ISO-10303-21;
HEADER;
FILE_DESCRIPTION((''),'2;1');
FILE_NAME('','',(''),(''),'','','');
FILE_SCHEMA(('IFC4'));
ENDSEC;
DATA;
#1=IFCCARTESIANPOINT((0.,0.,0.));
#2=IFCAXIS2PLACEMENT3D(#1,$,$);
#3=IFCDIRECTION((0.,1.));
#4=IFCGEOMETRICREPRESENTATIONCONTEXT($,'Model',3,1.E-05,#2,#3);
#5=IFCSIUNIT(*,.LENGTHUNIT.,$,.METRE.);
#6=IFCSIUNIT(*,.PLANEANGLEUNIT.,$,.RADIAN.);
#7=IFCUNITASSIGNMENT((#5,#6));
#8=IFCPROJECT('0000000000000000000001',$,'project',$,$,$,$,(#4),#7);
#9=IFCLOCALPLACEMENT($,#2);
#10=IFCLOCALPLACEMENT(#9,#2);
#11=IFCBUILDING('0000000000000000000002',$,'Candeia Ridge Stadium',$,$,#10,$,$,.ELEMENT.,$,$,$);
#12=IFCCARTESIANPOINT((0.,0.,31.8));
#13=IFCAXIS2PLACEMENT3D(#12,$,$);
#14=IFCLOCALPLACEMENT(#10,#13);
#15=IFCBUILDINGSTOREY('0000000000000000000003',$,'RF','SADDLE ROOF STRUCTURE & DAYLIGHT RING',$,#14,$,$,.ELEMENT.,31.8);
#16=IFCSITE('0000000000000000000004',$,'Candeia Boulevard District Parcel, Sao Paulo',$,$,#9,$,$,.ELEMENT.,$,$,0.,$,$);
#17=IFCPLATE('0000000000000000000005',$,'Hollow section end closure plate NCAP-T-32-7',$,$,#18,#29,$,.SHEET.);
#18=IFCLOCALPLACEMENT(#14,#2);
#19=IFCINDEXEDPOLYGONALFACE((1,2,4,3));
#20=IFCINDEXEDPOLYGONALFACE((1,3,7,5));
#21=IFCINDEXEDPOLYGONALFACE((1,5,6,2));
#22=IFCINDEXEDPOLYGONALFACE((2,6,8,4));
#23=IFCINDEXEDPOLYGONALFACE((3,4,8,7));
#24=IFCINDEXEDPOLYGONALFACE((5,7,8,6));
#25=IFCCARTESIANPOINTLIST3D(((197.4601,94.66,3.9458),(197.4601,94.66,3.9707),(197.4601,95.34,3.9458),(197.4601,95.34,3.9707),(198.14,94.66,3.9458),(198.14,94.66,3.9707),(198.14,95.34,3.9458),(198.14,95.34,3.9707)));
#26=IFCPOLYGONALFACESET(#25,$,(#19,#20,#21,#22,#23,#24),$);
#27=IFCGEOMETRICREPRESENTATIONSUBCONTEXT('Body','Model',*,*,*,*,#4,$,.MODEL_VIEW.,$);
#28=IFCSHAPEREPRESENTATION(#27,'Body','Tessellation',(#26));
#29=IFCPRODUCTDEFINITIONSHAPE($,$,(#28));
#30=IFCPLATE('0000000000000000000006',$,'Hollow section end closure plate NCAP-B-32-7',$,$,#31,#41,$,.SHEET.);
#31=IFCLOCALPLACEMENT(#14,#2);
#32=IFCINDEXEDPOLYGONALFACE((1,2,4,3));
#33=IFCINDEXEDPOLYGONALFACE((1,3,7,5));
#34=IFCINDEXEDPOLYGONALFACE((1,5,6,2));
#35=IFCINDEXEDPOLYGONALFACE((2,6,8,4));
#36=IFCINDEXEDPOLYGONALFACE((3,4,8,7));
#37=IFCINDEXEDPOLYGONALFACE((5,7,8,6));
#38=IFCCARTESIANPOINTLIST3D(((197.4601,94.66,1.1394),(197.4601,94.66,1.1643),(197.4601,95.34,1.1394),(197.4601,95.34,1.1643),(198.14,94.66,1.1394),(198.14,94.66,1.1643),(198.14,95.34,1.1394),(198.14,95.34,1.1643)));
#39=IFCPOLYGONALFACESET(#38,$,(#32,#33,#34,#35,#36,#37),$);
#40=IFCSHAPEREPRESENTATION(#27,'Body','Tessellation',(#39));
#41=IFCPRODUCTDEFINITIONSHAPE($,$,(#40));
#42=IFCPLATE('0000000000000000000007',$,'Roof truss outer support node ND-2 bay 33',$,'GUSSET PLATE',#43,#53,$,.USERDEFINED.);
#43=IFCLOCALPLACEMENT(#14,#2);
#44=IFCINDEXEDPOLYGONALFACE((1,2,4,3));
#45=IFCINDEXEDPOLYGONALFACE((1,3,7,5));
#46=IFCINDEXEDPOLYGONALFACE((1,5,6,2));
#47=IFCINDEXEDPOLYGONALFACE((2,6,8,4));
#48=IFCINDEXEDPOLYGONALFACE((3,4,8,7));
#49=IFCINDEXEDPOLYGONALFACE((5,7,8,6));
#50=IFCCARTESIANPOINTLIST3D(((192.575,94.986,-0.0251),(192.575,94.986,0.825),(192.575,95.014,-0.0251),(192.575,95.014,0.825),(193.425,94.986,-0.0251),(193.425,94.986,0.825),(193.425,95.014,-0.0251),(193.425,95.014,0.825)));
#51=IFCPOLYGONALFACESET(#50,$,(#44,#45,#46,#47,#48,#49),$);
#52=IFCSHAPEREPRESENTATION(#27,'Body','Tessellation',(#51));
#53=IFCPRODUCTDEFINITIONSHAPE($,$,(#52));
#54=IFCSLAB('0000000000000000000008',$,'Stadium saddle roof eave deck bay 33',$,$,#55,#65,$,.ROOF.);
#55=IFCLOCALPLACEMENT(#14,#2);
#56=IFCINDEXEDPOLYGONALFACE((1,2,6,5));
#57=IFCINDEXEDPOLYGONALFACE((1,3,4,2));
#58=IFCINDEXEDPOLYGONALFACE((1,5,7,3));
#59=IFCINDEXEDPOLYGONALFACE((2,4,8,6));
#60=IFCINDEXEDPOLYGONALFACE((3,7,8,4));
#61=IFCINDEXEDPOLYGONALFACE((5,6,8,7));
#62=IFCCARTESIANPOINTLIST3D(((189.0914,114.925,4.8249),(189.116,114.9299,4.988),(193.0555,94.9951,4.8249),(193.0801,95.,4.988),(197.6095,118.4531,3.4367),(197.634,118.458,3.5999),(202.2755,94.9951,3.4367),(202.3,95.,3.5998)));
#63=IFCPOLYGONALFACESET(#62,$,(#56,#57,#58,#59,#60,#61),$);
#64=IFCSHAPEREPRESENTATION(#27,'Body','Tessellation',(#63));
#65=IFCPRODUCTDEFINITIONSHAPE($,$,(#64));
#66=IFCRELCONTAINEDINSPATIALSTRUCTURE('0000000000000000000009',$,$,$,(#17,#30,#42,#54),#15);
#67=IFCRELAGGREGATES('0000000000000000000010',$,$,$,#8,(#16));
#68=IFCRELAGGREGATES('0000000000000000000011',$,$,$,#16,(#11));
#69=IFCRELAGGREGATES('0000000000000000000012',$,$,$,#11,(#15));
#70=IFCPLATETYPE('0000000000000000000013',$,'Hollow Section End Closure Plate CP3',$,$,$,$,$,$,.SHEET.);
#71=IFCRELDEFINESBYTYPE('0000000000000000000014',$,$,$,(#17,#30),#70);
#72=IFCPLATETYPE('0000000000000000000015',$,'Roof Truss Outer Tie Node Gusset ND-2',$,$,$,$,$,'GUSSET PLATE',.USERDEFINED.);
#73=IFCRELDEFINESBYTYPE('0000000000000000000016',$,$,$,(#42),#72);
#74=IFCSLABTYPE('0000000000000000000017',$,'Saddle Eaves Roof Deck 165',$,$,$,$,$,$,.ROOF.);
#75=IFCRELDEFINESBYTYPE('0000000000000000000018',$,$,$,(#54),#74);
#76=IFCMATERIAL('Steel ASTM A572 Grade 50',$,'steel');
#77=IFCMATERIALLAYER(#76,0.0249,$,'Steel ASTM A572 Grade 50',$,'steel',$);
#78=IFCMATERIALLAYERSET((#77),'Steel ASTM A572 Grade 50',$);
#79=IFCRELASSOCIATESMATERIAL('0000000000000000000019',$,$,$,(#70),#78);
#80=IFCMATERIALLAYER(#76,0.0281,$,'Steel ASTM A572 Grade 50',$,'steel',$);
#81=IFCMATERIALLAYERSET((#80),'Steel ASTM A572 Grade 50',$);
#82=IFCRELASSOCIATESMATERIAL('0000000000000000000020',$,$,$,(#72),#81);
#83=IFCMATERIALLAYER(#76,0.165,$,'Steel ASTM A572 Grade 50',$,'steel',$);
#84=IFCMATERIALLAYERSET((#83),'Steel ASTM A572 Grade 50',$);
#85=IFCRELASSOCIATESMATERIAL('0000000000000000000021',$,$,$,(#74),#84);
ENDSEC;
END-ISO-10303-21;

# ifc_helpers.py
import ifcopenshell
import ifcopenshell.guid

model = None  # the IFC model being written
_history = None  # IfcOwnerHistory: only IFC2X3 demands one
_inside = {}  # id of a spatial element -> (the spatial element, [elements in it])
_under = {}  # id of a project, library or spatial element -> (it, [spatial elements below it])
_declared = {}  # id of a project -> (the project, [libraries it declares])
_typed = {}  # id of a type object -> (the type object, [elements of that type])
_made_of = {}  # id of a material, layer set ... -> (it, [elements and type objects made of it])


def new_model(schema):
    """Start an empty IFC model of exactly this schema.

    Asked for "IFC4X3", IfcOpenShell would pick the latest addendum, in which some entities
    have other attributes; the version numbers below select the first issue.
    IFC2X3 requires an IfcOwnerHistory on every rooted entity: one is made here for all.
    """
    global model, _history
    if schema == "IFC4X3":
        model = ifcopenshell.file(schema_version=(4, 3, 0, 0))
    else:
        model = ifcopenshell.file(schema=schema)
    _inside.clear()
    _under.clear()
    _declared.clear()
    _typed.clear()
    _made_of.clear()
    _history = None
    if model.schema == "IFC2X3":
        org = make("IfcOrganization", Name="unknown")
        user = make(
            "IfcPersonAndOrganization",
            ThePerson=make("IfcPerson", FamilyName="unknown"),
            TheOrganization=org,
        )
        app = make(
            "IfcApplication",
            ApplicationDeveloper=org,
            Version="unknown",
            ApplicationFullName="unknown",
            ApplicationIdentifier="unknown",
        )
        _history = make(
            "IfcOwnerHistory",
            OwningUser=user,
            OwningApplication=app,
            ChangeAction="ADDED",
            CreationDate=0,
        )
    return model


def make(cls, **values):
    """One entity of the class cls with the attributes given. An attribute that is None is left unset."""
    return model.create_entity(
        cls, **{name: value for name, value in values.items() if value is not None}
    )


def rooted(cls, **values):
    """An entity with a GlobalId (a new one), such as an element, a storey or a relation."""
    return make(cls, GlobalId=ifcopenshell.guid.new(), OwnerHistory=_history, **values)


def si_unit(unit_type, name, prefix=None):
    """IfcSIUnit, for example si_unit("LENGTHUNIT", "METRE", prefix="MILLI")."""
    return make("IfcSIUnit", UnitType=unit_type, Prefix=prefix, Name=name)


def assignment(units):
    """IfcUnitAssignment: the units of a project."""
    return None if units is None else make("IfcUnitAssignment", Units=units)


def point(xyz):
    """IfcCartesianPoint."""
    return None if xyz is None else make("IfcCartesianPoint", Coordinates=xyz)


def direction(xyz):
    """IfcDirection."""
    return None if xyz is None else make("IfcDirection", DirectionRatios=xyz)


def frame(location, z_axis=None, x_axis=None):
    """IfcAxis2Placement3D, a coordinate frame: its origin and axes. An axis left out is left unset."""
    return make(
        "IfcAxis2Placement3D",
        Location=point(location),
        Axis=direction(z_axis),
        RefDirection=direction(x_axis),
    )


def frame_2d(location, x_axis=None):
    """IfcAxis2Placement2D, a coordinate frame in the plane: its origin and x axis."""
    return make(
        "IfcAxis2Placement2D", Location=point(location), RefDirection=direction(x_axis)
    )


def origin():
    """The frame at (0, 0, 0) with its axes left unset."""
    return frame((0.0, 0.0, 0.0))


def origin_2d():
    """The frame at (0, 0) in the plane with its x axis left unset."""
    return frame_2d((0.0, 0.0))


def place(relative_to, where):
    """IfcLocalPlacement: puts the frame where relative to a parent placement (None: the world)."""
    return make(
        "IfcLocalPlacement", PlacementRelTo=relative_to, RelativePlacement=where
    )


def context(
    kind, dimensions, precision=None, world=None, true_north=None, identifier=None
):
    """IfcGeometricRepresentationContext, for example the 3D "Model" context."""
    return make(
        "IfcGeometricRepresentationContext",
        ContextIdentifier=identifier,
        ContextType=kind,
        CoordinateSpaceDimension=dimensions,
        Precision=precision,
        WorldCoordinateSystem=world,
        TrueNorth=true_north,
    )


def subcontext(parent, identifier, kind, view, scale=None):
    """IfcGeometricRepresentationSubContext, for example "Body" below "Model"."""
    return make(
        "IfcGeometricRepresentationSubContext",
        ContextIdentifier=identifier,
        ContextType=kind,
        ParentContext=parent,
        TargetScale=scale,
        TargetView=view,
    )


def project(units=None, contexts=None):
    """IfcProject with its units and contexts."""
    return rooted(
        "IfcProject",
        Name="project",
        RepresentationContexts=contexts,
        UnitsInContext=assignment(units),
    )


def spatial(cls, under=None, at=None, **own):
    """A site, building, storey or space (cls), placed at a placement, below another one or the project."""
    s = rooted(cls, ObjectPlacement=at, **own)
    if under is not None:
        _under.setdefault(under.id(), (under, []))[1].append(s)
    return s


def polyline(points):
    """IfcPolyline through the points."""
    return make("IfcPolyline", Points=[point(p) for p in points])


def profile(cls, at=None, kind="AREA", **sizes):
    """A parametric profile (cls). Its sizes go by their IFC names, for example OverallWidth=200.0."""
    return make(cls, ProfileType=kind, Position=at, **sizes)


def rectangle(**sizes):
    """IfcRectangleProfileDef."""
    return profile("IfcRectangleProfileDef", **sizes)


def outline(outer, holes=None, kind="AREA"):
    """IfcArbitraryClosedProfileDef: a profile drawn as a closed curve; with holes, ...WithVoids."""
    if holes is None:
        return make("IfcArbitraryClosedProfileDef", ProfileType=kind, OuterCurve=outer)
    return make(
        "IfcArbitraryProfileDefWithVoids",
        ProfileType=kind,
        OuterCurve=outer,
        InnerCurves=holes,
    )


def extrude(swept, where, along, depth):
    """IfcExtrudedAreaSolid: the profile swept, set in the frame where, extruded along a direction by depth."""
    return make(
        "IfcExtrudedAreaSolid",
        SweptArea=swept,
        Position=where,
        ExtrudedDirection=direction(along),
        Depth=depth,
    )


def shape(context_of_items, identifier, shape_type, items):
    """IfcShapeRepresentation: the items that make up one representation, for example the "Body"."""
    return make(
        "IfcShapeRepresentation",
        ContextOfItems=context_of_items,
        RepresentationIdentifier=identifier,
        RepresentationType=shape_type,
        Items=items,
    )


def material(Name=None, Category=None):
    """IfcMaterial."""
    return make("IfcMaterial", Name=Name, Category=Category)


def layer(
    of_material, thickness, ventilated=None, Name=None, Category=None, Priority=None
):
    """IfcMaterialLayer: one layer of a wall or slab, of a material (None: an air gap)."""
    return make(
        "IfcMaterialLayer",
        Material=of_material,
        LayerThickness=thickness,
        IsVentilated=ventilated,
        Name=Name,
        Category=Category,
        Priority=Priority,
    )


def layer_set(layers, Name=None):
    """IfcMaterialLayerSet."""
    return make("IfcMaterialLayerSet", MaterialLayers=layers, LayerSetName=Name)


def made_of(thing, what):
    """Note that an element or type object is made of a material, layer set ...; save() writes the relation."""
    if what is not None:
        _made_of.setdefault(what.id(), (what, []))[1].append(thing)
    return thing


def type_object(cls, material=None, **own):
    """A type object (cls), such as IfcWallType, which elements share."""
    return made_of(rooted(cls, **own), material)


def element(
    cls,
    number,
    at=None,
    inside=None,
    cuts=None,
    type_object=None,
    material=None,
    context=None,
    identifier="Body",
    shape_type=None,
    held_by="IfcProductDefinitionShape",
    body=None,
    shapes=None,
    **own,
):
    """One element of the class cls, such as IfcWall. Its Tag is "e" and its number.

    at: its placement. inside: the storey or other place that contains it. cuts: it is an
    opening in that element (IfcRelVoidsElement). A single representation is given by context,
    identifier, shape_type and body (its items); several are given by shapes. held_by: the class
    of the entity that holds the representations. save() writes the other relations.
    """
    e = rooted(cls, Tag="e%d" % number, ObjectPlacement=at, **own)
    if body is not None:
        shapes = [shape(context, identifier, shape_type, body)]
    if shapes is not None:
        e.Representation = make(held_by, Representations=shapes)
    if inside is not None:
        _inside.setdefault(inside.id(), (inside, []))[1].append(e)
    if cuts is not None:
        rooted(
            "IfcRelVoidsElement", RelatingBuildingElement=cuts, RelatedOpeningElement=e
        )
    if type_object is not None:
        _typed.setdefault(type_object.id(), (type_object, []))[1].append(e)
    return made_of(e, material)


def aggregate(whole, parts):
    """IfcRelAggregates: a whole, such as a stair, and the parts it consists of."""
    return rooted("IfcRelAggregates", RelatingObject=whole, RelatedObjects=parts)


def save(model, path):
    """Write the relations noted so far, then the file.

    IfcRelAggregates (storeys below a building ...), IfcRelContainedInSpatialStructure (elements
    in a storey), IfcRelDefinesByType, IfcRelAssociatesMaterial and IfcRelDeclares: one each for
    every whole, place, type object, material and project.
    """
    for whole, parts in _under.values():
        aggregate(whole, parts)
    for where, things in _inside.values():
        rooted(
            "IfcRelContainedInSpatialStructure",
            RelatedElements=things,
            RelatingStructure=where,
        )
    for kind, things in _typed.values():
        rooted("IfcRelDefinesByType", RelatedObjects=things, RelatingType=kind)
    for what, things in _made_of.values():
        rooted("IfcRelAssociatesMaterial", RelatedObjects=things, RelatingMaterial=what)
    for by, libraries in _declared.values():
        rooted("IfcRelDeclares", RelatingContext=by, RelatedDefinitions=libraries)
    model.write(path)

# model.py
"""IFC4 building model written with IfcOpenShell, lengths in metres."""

from ifc_helpers import new_model, si_unit, direction, frame, origin, origin_2d, place, context, subcontext, project, spatial, polyline, rectangle, outline, extrude, material, layer, layer_set, type_object, element, save


model = new_model("IFC4")

# Units and contexts
model_context = context("Model", 3, precision=1e-05, world=origin(), true_north=direction((0.0, 1.0)))
body_context = subcontext(model_context, "Body", "Model", "MODEL_VIEW")
ifc_project = project(units=[si_unit("LENGTHUNIT", "METRE"), si_unit("PLANEANGLEUNIT", "RADIAN")], contexts=[model_context])

# Site, building, storey
site_placement = place(None, origin())
site = spatial("IfcSite", under=ifc_project, at=site_placement, Name="Candeia Boulevard District Parcel, Sao Paulo", CompositionType="ELEMENT", RefElevation=0.0)
building_placement = place(site_placement, origin())
building = spatial("IfcBuilding", under=site, at=building_placement, Name="Candeia Ridge Stadium", CompositionType="ELEMENT")
storey_placement = place(building_placement, frame((0.0, 0.0, 31.8)))
storey = spatial("IfcBuildingStorey", under=building, at=storey_placement, Name="RF", Description="SADDLE ROOF STRUCTURE & DAYLIGHT RING", CompositionType="ELEMENT", Elevation=31.8)

# Shared definitions
ifc_material_1 = material(Name="Steel ASTM A572 Grade 50", Category="steel")

# Plates
ifc_layer_1 = layer(ifc_material_1, 0.0249, Name="Steel ASTM A572 Grade 50", Category="steel")
ifc_layer_set_1 = layer_set([ifc_layer_1], Name="Steel ASTM A572 Grade 50")
plate_type_1 = type_object("IfcPlateType", Name="Hollow Section End Closure Plate CP3", PredefinedType="SHEET", material=ifc_layer_set_1)
for number, where, z_axis, x_axis, name in (
    (1, (197.8, 95.0, 3.9458), (0.0, 0.0, 1.0), (1.0, 0.0, 0.0), "Hollow section end closure plate NCAP-T-32-7"),
    (2, (197.8, 95.0, 1.1394), (0.0, 0.0, 1.0), (1.0, 0.0, 0.0), "Hollow section end closure plate NCAP-B-32-7"),
):
    element("IfcPlate", number, at=place(storey_placement, frame(where, z_axis=z_axis, x_axis=x_axis)), inside=storey, type_object=plate_type_1, Name=name, PredefinedType="SHEET", context=body_context, shape_type="SweptSolid", body=[
        extrude(rectangle(XDim=0.6799, YDim=0.6799, at=origin_2d()), origin(), (0.0, 0.0, 1.0), 0.0249),
    ])
ifc_layer_2 = layer(ifc_material_1, 0.0281, Name="Steel ASTM A572 Grade 50", Category="steel")
ifc_layer_set_2 = layer_set([ifc_layer_2], Name="Steel ASTM A572 Grade 50")
plate_type_2 = type_object("IfcPlateType", Name="Roof Truss Outer Tie Node Gusset ND-2", ElementType="GUSSET PLATE", PredefinedType="USERDEFINED", material=ifc_layer_set_2)
plate_1_placement = place(storey_placement, frame((193.0, 95.0, -0.0251), z_axis=(0.0, 0.0, 1.0), x_axis=(1.0, 0.0, 0.0)))
element("IfcPlate", 3, at=plate_1_placement, inside=storey, type_object=plate_type_2, Name="Roof truss outer support node ND-2 bay 33", ObjectType="GUSSET PLATE", PredefinedType="USERDEFINED", context=body_context, shape_type="SweptSolid", body=[
    extrude(rectangle(XDim=0.8501, YDim=0.0281, at=origin_2d()), origin(), (0.0, 0.0, 1.0), 0.8501),
])

# Slab
ifc_layer_3 = layer(ifc_material_1, 0.165, Name="Steel ASTM A572 Grade 50", Category="steel")
ifc_layer_set_3 = layer_set([ifc_layer_3], Name="Steel ASTM A572 Grade 50")
slab_type = type_object("IfcSlabType", Name="Saddle Eaves Roof Deck 165", PredefinedType="ROOF", material=ifc_layer_set_3)
slab_placement = place(storey_placement, frame((193.0801, 95.0, 4.988), z_axis=(0.148821, 0.029601, 0.988421), x_axis=(-0.195081, 0.980787, -0.000001)))
element("IfcSlab", 4, at=slab_placement, inside=storey, type_object=slab_type, Name="Stadium saddle roof eave deck bay 33", PredefinedType="ROOF", context=body_context, shape_type="SweptSolid", body=[
    extrude(outline(polyline([(0.0, 0.0), (20.3203, 0.0), (22.1189, -9.1486), (-1.7986, -9.1488), (0.0, 0.0)])), origin(), (0.0, 0.0, -1.0), 0.165),
])

save(model, "model.ifc")
